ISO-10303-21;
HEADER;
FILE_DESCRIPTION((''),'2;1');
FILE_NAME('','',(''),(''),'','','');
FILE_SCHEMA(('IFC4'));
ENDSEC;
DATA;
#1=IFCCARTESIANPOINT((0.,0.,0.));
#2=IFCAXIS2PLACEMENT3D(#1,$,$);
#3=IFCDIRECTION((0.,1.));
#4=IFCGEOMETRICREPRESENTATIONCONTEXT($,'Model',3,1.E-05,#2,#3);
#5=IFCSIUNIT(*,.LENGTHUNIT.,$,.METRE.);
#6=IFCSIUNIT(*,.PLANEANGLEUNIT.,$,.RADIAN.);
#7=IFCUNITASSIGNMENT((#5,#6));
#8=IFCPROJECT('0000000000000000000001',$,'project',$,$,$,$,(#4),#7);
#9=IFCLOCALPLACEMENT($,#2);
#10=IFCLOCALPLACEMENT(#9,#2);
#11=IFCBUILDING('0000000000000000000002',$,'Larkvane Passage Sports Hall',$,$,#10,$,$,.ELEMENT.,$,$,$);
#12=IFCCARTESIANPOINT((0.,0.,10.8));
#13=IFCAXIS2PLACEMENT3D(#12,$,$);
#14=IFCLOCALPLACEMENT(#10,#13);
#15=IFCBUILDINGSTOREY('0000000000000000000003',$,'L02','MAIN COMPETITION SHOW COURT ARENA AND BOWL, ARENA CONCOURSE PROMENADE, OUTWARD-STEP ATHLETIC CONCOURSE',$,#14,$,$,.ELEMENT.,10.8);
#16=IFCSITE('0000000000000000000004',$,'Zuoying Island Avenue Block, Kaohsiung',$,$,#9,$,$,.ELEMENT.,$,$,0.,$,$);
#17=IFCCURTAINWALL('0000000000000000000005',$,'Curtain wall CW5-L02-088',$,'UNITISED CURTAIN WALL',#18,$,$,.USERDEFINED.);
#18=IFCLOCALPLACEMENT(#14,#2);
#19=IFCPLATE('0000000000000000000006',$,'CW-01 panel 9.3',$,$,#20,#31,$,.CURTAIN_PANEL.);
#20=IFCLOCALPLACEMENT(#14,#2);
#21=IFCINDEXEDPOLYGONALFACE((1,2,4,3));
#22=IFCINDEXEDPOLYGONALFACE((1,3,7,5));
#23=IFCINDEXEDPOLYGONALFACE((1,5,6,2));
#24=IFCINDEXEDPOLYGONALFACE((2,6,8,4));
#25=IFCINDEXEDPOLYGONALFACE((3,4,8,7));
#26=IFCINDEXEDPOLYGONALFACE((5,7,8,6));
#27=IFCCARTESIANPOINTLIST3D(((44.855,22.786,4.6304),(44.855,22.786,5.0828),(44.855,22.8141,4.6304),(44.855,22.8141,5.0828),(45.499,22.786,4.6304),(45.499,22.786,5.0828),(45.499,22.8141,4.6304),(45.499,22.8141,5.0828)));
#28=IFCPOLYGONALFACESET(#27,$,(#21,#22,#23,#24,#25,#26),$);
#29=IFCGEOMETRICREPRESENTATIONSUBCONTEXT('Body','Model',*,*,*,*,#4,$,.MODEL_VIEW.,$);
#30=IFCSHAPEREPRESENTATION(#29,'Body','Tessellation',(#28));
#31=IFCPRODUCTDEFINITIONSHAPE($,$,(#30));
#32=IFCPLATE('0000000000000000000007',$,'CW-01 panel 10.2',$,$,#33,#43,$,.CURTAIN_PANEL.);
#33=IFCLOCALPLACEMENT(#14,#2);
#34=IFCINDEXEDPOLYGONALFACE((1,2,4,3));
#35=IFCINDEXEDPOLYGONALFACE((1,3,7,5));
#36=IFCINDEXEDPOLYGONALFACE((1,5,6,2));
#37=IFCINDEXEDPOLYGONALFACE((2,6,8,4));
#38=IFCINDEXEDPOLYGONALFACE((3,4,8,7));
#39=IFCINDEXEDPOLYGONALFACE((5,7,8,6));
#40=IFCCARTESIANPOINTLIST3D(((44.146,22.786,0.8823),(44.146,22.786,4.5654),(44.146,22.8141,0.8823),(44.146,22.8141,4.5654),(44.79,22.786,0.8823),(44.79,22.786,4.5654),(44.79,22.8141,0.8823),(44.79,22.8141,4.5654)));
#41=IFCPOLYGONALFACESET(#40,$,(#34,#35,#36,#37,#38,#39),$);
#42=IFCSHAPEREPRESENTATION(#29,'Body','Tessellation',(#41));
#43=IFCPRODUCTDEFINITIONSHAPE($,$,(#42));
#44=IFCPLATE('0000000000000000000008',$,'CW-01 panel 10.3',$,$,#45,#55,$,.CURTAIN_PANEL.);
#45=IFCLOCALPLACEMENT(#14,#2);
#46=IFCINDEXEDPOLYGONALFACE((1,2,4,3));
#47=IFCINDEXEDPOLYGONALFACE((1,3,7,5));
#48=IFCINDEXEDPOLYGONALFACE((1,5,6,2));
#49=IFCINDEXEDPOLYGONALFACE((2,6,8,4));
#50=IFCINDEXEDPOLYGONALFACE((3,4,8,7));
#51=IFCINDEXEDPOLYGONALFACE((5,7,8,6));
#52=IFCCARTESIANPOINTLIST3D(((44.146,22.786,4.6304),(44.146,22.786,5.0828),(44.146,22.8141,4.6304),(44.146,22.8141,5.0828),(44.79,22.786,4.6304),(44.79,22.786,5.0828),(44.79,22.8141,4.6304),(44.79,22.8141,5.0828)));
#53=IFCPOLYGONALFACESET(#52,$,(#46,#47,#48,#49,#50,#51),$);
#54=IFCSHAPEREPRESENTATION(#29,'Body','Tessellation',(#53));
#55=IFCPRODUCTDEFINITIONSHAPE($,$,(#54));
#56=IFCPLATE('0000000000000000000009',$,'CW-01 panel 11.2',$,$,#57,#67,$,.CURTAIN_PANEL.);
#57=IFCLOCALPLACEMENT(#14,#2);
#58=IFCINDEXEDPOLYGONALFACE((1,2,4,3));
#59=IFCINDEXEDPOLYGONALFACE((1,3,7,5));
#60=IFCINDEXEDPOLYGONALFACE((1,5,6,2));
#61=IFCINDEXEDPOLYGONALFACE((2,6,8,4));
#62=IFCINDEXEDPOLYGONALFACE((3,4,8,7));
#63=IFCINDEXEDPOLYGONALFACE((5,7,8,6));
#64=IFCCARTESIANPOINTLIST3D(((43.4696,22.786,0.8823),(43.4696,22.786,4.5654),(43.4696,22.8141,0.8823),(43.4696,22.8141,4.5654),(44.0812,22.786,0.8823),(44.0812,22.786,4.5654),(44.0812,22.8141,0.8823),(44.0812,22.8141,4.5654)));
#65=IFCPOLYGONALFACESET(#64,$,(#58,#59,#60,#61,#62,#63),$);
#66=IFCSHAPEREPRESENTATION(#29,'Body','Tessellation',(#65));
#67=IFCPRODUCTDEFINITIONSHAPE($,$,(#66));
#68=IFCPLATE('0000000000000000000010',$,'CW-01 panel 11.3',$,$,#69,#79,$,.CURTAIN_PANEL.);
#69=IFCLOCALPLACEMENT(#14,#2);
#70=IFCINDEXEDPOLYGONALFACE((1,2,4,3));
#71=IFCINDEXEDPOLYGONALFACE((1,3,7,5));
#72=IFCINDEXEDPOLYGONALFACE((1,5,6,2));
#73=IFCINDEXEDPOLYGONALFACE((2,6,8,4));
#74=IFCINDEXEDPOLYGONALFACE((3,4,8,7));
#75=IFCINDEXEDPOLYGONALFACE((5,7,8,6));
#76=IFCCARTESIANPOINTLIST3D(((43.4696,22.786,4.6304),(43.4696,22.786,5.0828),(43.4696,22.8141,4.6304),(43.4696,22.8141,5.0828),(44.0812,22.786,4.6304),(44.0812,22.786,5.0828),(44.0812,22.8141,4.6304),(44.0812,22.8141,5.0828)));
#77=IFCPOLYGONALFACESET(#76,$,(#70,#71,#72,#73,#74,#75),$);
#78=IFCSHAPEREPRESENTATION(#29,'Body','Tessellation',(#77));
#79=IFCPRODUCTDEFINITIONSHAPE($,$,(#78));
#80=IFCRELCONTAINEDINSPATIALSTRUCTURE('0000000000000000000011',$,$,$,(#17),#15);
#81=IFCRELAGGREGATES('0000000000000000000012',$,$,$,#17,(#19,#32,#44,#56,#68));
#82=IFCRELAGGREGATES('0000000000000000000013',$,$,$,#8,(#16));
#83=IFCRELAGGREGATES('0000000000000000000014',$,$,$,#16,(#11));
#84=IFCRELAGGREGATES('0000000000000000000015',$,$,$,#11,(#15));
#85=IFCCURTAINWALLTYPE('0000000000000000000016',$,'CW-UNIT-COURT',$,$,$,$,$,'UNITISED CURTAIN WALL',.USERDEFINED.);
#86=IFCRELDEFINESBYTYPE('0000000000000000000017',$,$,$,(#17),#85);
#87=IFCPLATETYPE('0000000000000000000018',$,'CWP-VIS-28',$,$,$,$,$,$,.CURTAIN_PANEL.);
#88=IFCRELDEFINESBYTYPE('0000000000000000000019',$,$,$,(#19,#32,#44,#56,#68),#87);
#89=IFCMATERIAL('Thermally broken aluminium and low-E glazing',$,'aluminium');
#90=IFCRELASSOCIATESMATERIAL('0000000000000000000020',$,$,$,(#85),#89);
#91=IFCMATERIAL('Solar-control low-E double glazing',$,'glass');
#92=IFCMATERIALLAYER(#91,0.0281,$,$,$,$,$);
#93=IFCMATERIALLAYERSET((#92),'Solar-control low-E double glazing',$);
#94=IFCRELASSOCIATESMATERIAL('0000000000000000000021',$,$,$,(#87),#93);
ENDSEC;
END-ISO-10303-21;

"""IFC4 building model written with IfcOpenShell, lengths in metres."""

from ifc_helpers import new_model, si_unit, direction, frame, origin, origin_2d, place, context, subcontext, project, spatial, rectangle, extrude, material, layer, layer_set, type_object, element, aggregate, save


model = new_model("IFC4")

# Units and contexts
model_context = context("Model", 3, precision=1e-05, world=origin(), true_north=direction((0.0, 1.0)))
body_context = subcontext(model_context, "Body", "Model", "MODEL_VIEW")
ifc_project = project(units=[si_unit("LENGTHUNIT", "METRE"), si_unit("PLANEANGLEUNIT", "RADIAN")], contexts=[model_context])

# Site, building, storey
site_placement = place(None, origin())
site = spatial("IfcSite", under=ifc_project, at=site_placement, Name="Zuoying Island Avenue Block, Kaohsiung", CompositionType="ELEMENT", RefElevation=0.0)
building_placement = place(site_placement, origin())
building = spatial("IfcBuilding", under=site, at=building_placement, Name="Larkvane Passage Sports Hall", CompositionType="ELEMENT")
storey_placement = place(building_placement, frame((0.0, 0.0, 10.8)))
storey = spatial("IfcBuildingStorey", under=building, at=storey_placement, Name="L02", Description="MAIN COMPETITION SHOW COURT ARENA AND BOWL, ARENA CONCOURSE PROMENADE, OUTWARD-STEP ATHLETIC CONCOURSE", CompositionType="ELEMENT", Elevation=10.8)

# Curtain wall
ifc_material_1 = material(Name="Thermally broken aluminium and low-E glazing", Category="aluminium")
curtain_wall_type = type_object("IfcCurtainWallType", Name="CW-UNIT-COURT", ElementType="UNITISED CURTAIN WALL", PredefinedType="USERDEFINED", material=ifc_material_1)
curtain_wall_placement = place(storey_placement, origin())
curtain_wall = element("IfcCurtainWall", 1, at=curtain_wall_placement, inside=storey, type_object=curtain_wall_type, Name="Curtain wall CW5-L02-088", ObjectType="UNITISED CURTAIN WALL", PredefinedType="USERDEFINED")

# Plates
ifc_material_2 = material(Name="Solar-control low-E double glazing", Category="glass")
ifc_layer_1 = layer(ifc_material_2, 0.0281)
ifc_layer_set_1 = layer_set([ifc_layer_1], Name="Solar-control low-E double glazing")
plate_type_1 = type_object("IfcPlateType", Name="CWP-VIS-28", PredefinedType="CURTAIN_PANEL", material=ifc_layer_set_1)
plate_1_placement = place(storey_placement, frame((45.177, 22.8, 4.6304), z_axis=(0.0, 0.0, 1.0), x_axis=(-1.0, 0.0, 0.0)))
plate_1 = element("IfcPlate", 2, at=plate_1_placement, type_object=plate_type_1, Name="CW-01 panel 9.3", PredefinedType="CURTAIN_PANEL", context=body_context, shape_type="SweptSolid", body=[
    extrude(rectangle(XDim=0.644, YDim=0.0281, at=origin_2d()), origin(), (0.0, 0.0, 1.0), 0.4524),
])
plate_2_placement = place(storey_placement, frame((44.468, 22.8, 0.8823), z_axis=(0.0, 0.0, 1.0), x_axis=(-1.0, 0.0, 0.0)))
plate_2 = element("IfcPlate", 3, at=plate_2_placement, type_object=plate_type_1, Name="CW-01 panel 10.2", PredefinedType="CURTAIN_PANEL", context=body_context, shape_type="SweptSolid", body=[
    extrude(rectangle(XDim=0.644, YDim=0.0281, at=origin_2d()), origin(), (0.0, 0.0, 1.0), 3.6831),
])
plate_3_placement = place(storey_placement, frame((44.468, 22.8, 4.6304), z_axis=(0.0, 0.0, 1.0), x_axis=(-1.0, 0.0, 0.0)))
plate_3 = element("IfcPlate", 4, at=plate_3_placement, type_object=plate_type_1, Name="CW-01 panel 10.3", PredefinedType="CURTAIN_PANEL", context=body_context, shape_type="SweptSolid", body=[
    extrude(rectangle(XDim=0.644, YDim=0.0281, at=origin_2d()), origin(), (0.0, 0.0, 1.0), 0.4524),
])
plate_4_placement = place(storey_placement, frame((43.7754, 22.8, 0.8823), z_axis=(0.0, 0.0, 1.0), x_axis=(-1.0, 0.0, 0.0)))
plate_4 = element("IfcPlate", 5, at=plate_4_placement, type_object=plate_type_1, Name="CW-01 panel 11.2", PredefinedType="CURTAIN_PANEL", context=body_context, shape_type="SweptSolid", body=[
    extrude(rectangle(XDim=0.6116, YDim=0.0281, at=origin_2d()), origin(), (0.0, 0.0, 1.0), 3.6831),
])
plate_5_placement = place(storey_placement, frame((43.7754, 22.8, 4.6304), z_axis=(0.0, 0.0, 1.0), x_axis=(-1.0, 0.0, 0.0)))
plate_5 = element("IfcPlate", 6, at=plate_5_placement, type_object=plate_type_1, Name="CW-01 panel 11.3", PredefinedType="CURTAIN_PANEL", context=body_context, shape_type="SweptSolid", body=[
    extrude(rectangle(XDim=0.6116, YDim=0.0281, at=origin_2d()), origin(), (0.0, 0.0, 1.0), 0.4524),
])
aggregate(curtain_wall, [plate_1, plate_2, plate_3, plate_4, plate_5])

save(model, "model.ifc")
